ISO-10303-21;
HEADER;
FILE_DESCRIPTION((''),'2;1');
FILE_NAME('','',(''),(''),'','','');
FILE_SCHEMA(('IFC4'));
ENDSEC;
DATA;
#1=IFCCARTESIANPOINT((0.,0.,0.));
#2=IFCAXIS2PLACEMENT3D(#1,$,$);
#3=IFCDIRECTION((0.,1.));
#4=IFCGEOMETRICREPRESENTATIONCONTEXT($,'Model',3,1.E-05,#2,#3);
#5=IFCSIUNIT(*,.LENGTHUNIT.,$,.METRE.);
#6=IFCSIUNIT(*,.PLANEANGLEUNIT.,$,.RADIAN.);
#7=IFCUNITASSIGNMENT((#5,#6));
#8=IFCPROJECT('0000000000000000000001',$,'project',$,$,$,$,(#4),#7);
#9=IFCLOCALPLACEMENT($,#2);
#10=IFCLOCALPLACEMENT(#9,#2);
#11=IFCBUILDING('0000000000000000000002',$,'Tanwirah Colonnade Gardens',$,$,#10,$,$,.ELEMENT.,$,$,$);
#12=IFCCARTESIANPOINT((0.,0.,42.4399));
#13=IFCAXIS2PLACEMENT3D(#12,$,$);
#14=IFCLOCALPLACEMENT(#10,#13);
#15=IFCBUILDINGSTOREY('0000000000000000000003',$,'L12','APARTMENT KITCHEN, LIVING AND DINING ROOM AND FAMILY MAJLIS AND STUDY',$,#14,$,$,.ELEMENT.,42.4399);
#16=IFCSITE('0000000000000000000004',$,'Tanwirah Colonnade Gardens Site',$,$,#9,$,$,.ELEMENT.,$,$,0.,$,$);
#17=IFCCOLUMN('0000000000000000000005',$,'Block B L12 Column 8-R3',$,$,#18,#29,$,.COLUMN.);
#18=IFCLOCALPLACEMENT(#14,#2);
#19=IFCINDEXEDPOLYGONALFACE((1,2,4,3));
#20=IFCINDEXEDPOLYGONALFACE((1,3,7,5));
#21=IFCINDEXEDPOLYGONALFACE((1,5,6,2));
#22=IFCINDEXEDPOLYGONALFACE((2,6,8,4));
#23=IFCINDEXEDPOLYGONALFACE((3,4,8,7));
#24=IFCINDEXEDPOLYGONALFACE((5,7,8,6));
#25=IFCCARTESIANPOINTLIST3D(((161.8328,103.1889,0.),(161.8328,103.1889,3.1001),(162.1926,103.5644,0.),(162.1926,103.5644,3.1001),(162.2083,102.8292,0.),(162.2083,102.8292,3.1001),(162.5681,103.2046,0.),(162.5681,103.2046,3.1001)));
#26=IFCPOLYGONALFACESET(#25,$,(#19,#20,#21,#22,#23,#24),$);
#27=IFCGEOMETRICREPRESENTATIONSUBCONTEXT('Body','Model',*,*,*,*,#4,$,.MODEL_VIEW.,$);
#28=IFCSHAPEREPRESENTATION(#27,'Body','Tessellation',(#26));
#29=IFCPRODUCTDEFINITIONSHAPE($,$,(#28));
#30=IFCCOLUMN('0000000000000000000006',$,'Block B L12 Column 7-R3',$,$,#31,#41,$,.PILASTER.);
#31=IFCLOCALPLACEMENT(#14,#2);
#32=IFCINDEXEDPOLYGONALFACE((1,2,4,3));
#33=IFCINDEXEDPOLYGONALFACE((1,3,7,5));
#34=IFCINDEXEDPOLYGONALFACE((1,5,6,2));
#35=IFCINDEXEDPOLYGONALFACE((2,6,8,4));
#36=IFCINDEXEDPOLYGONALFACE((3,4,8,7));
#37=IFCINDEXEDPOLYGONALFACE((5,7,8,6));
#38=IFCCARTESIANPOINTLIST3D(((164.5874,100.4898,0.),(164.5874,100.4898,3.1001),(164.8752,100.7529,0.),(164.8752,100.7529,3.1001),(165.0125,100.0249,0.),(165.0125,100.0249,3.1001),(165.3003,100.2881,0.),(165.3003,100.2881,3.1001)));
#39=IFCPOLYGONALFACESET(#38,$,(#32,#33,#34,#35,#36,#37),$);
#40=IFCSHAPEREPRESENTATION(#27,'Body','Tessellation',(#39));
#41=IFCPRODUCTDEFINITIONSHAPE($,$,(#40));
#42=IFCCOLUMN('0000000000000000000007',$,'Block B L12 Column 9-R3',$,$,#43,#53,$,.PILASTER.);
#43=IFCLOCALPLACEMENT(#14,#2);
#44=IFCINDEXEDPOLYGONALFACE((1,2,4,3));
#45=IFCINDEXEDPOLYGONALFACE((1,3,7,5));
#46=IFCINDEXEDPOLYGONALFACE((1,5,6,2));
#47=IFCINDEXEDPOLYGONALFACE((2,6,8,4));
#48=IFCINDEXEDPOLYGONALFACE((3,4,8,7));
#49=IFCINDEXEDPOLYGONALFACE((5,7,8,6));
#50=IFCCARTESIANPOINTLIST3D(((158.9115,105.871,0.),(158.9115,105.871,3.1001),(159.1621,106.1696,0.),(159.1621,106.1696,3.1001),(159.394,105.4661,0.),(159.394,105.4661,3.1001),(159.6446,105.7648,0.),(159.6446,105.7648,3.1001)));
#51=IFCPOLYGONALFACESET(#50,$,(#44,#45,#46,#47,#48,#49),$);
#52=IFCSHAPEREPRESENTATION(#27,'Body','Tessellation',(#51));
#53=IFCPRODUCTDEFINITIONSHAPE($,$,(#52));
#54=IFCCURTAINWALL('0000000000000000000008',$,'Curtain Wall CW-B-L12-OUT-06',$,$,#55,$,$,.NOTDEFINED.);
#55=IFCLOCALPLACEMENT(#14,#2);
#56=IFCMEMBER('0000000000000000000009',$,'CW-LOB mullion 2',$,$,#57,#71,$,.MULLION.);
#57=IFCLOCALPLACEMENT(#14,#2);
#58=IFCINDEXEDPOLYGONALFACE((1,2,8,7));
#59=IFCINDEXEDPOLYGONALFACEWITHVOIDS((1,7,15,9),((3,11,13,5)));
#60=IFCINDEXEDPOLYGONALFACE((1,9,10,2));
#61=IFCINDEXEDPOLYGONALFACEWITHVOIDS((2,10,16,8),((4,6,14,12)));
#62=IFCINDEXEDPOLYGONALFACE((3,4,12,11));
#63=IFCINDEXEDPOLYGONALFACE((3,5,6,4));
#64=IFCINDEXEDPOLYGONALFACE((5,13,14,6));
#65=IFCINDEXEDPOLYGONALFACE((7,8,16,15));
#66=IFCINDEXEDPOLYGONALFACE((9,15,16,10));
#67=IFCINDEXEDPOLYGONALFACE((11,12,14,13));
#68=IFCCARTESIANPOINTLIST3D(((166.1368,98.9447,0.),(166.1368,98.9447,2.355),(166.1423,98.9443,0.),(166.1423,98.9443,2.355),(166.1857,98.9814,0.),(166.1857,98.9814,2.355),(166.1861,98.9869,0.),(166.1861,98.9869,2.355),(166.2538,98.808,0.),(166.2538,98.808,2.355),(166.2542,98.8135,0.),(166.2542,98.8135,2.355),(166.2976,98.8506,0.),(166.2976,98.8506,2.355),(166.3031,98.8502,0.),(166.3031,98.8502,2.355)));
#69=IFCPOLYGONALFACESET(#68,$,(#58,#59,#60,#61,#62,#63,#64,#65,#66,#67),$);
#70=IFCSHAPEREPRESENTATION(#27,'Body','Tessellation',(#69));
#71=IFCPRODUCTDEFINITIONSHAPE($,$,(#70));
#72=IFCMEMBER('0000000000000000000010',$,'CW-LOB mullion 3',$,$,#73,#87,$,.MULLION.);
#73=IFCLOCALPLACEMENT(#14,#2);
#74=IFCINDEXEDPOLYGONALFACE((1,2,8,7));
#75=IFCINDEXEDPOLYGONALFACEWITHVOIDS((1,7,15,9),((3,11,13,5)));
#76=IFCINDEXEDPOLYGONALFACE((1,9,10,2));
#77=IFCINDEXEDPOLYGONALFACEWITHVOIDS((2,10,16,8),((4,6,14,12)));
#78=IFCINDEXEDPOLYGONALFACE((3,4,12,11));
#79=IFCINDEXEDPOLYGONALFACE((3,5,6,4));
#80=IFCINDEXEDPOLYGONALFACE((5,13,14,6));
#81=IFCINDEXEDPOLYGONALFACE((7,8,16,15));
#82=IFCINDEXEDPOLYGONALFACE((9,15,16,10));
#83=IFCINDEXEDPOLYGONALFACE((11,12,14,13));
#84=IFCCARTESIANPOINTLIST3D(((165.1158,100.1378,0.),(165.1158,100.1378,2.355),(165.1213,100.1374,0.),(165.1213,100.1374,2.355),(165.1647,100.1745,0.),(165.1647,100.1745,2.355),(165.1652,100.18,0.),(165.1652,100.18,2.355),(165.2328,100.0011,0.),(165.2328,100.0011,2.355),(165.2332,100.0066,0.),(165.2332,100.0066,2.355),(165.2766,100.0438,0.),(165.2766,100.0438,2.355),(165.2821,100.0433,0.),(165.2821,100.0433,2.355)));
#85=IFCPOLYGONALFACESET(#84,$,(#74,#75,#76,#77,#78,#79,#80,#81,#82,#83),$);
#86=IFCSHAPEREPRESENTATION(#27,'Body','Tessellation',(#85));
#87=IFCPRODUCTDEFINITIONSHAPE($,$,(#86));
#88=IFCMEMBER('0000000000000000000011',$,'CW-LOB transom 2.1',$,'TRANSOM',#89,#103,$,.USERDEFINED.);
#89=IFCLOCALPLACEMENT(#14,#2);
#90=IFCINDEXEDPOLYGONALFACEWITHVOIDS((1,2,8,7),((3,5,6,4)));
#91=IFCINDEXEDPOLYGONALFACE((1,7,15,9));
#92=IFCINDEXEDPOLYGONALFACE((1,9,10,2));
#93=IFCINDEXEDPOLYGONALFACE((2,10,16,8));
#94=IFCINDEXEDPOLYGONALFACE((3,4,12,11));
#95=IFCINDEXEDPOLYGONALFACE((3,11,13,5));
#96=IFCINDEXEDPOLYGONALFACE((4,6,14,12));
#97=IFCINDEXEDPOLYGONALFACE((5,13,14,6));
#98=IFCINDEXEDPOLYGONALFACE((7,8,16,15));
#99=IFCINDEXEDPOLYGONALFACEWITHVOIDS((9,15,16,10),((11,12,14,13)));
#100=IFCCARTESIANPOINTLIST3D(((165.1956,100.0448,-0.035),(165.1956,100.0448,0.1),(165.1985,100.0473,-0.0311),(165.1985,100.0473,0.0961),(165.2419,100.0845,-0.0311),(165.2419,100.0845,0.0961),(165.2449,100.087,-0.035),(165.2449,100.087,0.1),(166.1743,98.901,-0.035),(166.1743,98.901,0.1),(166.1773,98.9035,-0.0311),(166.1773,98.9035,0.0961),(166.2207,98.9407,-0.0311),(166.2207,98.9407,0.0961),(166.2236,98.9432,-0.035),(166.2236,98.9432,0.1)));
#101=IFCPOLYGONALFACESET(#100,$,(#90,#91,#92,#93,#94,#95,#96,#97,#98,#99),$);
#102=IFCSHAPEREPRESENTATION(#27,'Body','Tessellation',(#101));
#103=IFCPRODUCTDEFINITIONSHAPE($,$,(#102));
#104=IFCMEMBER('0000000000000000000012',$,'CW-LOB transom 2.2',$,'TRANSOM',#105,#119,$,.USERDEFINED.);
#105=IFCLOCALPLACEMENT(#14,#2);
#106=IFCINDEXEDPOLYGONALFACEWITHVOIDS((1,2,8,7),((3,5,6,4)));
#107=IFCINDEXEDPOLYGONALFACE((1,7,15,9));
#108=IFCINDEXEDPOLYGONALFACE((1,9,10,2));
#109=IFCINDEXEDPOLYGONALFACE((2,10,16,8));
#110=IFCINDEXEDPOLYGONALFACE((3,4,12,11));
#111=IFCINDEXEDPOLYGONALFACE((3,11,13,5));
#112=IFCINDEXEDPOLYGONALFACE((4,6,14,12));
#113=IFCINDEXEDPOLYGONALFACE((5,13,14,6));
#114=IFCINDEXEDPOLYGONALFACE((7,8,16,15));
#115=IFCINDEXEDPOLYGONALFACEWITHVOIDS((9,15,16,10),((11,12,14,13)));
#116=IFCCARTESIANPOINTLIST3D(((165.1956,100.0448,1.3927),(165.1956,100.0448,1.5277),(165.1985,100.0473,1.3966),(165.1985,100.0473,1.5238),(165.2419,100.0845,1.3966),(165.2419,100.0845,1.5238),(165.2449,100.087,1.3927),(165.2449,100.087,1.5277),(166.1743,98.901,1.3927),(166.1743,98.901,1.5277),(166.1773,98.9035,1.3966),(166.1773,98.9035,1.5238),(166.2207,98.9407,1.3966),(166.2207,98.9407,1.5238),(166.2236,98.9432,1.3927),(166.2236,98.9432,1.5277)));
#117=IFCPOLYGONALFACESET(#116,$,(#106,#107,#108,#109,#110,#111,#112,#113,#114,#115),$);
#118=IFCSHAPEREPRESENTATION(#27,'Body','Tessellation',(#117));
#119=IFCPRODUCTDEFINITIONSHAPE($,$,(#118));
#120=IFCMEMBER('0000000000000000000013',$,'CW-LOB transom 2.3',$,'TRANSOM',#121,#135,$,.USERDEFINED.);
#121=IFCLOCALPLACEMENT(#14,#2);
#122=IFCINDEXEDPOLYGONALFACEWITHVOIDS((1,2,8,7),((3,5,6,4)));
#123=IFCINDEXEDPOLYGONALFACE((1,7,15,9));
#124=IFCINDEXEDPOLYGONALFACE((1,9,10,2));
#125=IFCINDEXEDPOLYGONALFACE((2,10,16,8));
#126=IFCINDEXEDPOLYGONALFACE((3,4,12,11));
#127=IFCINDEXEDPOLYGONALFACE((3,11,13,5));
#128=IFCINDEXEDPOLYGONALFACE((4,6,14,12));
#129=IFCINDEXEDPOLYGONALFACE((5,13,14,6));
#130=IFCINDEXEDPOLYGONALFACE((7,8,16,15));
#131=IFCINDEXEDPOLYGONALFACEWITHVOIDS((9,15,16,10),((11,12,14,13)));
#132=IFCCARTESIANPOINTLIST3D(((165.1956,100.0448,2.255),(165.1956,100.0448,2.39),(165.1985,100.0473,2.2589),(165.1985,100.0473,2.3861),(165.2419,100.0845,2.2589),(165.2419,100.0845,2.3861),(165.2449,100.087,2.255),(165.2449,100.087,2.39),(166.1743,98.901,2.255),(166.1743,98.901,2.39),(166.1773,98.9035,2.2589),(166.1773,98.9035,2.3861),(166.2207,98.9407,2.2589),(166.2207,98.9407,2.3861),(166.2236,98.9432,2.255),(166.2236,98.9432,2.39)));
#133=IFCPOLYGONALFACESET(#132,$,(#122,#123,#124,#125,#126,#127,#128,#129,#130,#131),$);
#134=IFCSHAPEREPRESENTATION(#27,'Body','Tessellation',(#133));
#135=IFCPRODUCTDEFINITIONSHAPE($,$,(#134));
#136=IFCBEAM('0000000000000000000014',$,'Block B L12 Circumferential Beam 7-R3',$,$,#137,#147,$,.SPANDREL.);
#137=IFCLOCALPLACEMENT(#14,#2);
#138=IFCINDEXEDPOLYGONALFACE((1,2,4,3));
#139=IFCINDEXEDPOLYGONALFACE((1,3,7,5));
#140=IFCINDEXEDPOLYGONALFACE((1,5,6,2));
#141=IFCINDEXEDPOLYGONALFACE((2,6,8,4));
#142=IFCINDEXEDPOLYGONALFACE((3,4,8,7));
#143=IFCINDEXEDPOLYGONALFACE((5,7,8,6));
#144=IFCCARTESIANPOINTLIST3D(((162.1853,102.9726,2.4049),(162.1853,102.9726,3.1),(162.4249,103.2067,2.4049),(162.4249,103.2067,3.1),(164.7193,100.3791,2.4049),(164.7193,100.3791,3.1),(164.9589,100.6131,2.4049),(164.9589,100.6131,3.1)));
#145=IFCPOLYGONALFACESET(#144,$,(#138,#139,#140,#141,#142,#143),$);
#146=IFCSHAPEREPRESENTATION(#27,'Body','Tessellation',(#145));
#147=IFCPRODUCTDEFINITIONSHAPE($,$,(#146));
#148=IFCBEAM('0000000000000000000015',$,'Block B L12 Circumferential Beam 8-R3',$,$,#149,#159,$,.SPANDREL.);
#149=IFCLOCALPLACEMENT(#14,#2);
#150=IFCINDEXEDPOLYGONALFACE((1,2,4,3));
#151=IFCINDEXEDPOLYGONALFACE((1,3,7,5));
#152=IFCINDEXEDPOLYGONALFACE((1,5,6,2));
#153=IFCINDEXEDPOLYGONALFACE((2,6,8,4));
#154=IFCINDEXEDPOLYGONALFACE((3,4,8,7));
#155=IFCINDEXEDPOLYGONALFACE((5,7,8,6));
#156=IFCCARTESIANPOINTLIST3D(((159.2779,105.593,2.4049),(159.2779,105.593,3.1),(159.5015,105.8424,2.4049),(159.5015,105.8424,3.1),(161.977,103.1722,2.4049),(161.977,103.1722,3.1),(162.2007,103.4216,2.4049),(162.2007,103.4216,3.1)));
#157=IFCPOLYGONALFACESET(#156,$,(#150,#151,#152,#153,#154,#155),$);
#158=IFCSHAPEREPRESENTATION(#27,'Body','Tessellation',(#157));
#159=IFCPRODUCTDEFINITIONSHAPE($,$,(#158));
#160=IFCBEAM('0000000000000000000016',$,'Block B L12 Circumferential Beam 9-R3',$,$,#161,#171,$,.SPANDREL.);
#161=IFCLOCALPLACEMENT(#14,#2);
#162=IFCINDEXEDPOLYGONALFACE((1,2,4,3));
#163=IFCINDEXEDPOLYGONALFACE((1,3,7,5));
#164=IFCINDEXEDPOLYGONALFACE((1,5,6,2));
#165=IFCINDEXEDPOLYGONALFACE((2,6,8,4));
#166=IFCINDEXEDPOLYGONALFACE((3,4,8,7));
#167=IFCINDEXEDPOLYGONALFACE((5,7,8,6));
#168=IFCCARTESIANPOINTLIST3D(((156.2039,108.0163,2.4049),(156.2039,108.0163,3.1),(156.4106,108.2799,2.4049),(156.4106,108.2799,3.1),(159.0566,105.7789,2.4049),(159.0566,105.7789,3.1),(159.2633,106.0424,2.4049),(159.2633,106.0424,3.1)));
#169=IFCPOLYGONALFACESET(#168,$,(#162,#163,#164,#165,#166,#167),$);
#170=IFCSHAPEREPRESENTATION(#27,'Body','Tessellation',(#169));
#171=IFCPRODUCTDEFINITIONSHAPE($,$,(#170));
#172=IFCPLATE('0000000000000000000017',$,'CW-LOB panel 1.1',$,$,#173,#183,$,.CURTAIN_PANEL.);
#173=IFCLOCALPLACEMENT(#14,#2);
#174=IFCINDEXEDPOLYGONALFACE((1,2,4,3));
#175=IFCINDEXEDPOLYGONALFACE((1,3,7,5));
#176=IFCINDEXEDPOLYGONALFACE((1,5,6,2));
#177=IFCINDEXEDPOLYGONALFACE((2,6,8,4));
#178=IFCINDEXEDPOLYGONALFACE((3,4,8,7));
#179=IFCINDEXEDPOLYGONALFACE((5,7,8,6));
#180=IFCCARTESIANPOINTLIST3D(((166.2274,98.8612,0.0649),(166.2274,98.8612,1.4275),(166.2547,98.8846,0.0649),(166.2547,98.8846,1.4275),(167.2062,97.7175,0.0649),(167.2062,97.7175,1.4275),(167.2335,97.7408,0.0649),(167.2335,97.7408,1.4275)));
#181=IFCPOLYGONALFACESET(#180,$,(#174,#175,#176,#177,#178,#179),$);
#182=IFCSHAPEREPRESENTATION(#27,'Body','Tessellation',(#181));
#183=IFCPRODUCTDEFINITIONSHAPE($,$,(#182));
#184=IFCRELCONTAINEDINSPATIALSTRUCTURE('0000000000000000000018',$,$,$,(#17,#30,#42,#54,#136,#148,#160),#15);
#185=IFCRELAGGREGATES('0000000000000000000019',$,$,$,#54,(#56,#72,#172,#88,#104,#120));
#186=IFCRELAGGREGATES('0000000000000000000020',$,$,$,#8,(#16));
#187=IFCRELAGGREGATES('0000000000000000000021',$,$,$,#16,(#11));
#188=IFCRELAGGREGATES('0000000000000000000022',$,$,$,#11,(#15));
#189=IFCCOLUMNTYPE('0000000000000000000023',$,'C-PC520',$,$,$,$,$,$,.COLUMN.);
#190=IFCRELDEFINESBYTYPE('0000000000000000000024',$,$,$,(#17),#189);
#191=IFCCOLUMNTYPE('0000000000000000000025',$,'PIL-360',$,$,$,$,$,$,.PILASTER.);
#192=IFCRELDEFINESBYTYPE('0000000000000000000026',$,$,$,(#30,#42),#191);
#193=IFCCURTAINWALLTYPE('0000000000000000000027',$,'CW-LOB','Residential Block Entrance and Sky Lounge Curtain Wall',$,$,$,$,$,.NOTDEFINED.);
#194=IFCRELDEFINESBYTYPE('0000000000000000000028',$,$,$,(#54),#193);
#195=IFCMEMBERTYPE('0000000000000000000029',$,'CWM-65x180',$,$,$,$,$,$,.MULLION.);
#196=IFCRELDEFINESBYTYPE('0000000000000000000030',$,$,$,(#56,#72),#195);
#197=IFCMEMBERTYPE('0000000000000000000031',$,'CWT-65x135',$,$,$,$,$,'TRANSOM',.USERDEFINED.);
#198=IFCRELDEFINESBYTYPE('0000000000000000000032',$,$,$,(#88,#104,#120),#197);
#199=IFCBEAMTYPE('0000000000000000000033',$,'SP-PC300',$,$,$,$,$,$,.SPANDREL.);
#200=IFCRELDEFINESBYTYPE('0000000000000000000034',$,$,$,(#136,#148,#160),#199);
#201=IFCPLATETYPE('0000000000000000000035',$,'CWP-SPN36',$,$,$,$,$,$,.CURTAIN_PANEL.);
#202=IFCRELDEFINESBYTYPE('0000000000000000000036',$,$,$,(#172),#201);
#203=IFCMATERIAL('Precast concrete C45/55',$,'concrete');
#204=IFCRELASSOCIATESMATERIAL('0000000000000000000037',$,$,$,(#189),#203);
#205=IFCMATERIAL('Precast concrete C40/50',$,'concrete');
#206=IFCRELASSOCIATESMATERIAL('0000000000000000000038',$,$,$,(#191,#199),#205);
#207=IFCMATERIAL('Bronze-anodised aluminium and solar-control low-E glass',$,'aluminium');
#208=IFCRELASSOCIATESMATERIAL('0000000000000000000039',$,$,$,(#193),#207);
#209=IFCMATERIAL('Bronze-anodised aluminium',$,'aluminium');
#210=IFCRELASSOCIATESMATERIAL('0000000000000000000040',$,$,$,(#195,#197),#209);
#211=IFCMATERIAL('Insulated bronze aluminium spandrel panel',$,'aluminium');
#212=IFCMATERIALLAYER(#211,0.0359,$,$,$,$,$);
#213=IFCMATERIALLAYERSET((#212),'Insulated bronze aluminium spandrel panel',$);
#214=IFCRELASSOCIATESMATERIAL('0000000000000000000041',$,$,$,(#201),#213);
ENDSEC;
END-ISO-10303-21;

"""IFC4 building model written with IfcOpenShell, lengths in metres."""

from ifc_helpers import new_model, si_unit, direction, frame, origin, origin_2d, place, context, subcontext, project, spatial, rectangle, hollow_rectangle, extrude, material, layer, layer_set, material_profile, profile_set, type_object, element, aggregate, save


model = new_model("IFC4")

# Units and contexts
model_context = context("Model", 3, precision=1e-05, world=origin(), true_north=direction((0.0, 1.0)))
body_context = subcontext(model_context, "Body", "Model", "MODEL_VIEW")
ifc_project = project(units=[si_unit("LENGTHUNIT", "METRE"), si_unit("PLANEANGLEUNIT", "RADIAN")], contexts=[model_context])

# Site, building, storey
site_placement = place(None, origin())
site = spatial("IfcSite", under=ifc_project, at=site_placement, Name="Tanwirah Colonnade Gardens Site", CompositionType="ELEMENT", RefElevation=0.0)
building_placement = place(site_placement, origin())
building = spatial("IfcBuilding", under=site, at=building_placement, Name="Tanwirah Colonnade Gardens", CompositionType="ELEMENT")
storey_placement = place(building_placement, frame((0.0, 0.0, 42.4399)))
storey = spatial("IfcBuildingStorey", under=building, at=storey_placement, Name="L12", Description="APARTMENT KITCHEN, LIVING AND DINING ROOM AND FAMILY MAJLIS AND STUDY", CompositionType="ELEMENT", Elevation=42.4399)

# Columns
ifc_material_1 = material(Name="Precast concrete C45/55", Category="concrete")
ifc_material_profile_1 = material_profile(ifc_material_1, rectangle(XDim=0.52, YDim=0.52, at=origin_2d()), Name="PC-COL 520x520")
ifc_profile_set_1 = profile_set([ifc_material_profile_1], Name="Precast concrete C45/55")
column_type_1 = type_object("IfcColumnType", Name="C-PC520", PredefinedType="COLUMN", material=ifc_profile_set_1)
column_placement = place(storey_placement, frame((162.2004, 103.1968, 0.0), z_axis=(0.0, 0.0, 1.0), x_axis=(0.691863, 0.722029, 0.0)))
element("IfcColumn", 1, at=column_placement, inside=storey, type_object=column_type_1, Name="Block B L12 Column 8-R3", PredefinedType="COLUMN", context=body_context, shape_type="SweptSolid", body=[
    extrude(rectangle(XDim=0.52, YDim=0.52, at=origin_2d()), origin(), (0.0, 0.0, 1.0), 3.1001),
])
ifc_material_2 = material(Name="Precast concrete C40/50", Category="concrete")
ifc_material_profile_2 = material_profile(ifc_material_2, rectangle(XDim=0.3899, YDim=0.6299, at=origin_2d()), Name="PC-PIL 390x630")
ifc_profile_set_2 = profile_set([ifc_material_profile_2], Name="Precast concrete C40/50")
column_type_2 = type_object("IfcColumnType", Name="PIL-360", PredefinedType="PILASTER", material=ifc_profile_set_2)
for number, where, z_axis, x_axis, name in (
    (2, (164.9438, 100.3889, 0.0), (0.0, 0.0, 1.0), (0.737932, 0.674875, 0.0), "Block B L12 Column 7-R3"),
    (3, (159.2781, 105.8179, 0.0), (0.0, 0.0, 1.0), (0.642788, 0.766044, 0.0), "Block B L12 Column 9-R3"),
):
    element("IfcColumn", number, at=place(storey_placement, frame(where, z_axis=z_axis, x_axis=x_axis)), inside=storey, type_object=column_type_2, Name=name, PredefinedType="PILASTER", context=body_context, shape_type="SweptSolid", body=[
        extrude(rectangle(XDim=0.3899, YDim=0.6299, at=origin_2d()), origin(), (0.0, 0.0, 1.0), 3.1001),
    ])

# Curtain wall, members
ifc_material_3 = material(Name="Bronze-anodised aluminium and solar-control low-E glass", Category="aluminium")
curtain_wall_type = type_object("IfcCurtainWallType", Name="CW-LOB", Description="Residential Block Entrance and Sky Lounge Curtain Wall", PredefinedType="NOTDEFINED", material=ifc_material_3)
curtain_wall_placement = place(storey_placement, origin())
curtain_wall = element("IfcCurtainWall", 4, at=curtain_wall_placement, inside=storey, type_object=curtain_wall_type, Name="Curtain Wall CW-B-L12-OUT-06", PredefinedType="NOTDEFINED")
ifc_material_4 = material(Name="Bronze-anodised aluminium", Category="aluminium")
ifc_material_profile_3 = material_profile(ifc_material_4, hollow_rectangle(XDim=0.0649, YDim=0.1799, WallThickness=0.0039, at=origin_2d()), Name="CW-MUL 65x180x4")
ifc_profile_set_3 = profile_set([ifc_material_profile_3], Name="Bronze-anodised aluminium")
member_type_1 = type_object("IfcMemberType", Name="CWM-65x180", PredefinedType="MULLION", material=ifc_profile_set_3)
member_1_placement = place(storey_placement, frame((166.22, 98.8975, 0.0), z_axis=(0.0, 0.0, 1.0), x_axis=(-0.759775, -0.650186, 0.0)))
member_1 = element("IfcMember", 5, at=member_1_placement, type_object=member_type_1, Name="CW-LOB mullion 2", PredefinedType="MULLION", context=body_context, shape_type="SweptSolid", body=[
    extrude(hollow_rectangle(XDim=0.0649, YDim=0.1799, WallThickness=0.0039, at=origin_2d()), origin(), (0.0, 0.0, 1.0), 2.355),
])
member_2_placement = place(storey_placement, frame((165.199, 100.0906, 0.0), z_axis=(0.0, 0.0, 1.0), x_axis=(-0.759775, -0.650186, 0.0)))
member_2 = element("IfcMember", 6, at=member_2_placement, type_object=member_type_1, Name="CW-LOB mullion 3", PredefinedType="MULLION", context=body_context, shape_type="SweptSolid", body=[
    extrude(hollow_rectangle(XDim=0.0649, YDim=0.1799, WallThickness=0.0039, at=origin_2d()), origin(), (0.0, 0.0, 1.0), 2.355),
])
ifc_material_profile_4 = material_profile(ifc_material_4, hollow_rectangle(XDim=0.0649, YDim=0.135, WallThickness=0.0039, at=origin_2d()), Name="CW-TRN 65x135x4")
ifc_profile_set_4 = profile_set([ifc_material_profile_4], Name="Bronze-anodised aluminium")
member_type_2 = type_object("IfcMemberType", Name="CWT-65x135", ElementType="TRANSOM", PredefinedType="USERDEFINED", material=ifc_profile_set_4)
member_3_placement = place(storey_placement, frame((166.199, 98.9221, 0.0325), z_axis=(-0.650163, 0.759794, 0.0), x_axis=(-0.759794, -0.650163, 0.0)))
member_3 = element("IfcMember", 7, at=member_3_placement, type_object=member_type_2, Name="CW-LOB transom 2.1", ObjectType="TRANSOM", PredefinedType="USERDEFINED", context=body_context, shape_type="SweptSolid", body=[
    extrude(hollow_rectangle(XDim=0.0649, YDim=0.135, WallThickness=0.0039, at=origin_2d()), origin(), (0.0, 0.0, 1.0), 1.5054),
])
member_4_placement = place(storey_placement, frame((166.199, 98.9221, 1.4602), z_axis=(-0.650163, 0.759794, 0.0), x_axis=(-0.759794, -0.650163, 0.0)))
member_4 = element("IfcMember", 8, at=member_4_placement, type_object=member_type_2, Name="CW-LOB transom 2.2", ObjectType="TRANSOM", PredefinedType="USERDEFINED", context=body_context, shape_type="SweptSolid", body=[
    extrude(hollow_rectangle(XDim=0.0649, YDim=0.135, WallThickness=0.0039, at=origin_2d()), origin(), (0.0, 0.0, 1.0), 1.5054),
])
member_5_placement = place(storey_placement, frame((166.199, 98.9221, 2.3225), z_axis=(-0.650163, 0.759794, 0.0), x_axis=(-0.759794, -0.650163, 0.0)))
member_5 = element("IfcMember", 9, at=member_5_placement, type_object=member_type_2, Name="CW-LOB transom 2.3", ObjectType="TRANSOM", PredefinedType="USERDEFINED", context=body_context, shape_type="SweptSolid", body=[
    extrude(hollow_rectangle(XDim=0.0649, YDim=0.135, WallThickness=0.0039, at=origin_2d()), origin(), (0.0, 0.0, 1.0), 1.5054),
])

# Beams
ifc_material_profile_5 = material_profile(ifc_material_2, rectangle(XDim=0.335, YDim=0.6951, at=origin_2d()), Name="PC-SP 335x695")
ifc_profile_set_5 = profile_set([ifc_material_profile_5], Name="Precast concrete C40/50")
beam_type = type_object("IfcBeamType", Name="SP-PC300", PredefinedType="SPANDREL", material=ifc_profile_set_5)
beam_1_placement = place(storey_placement, frame((164.8391, 100.4961, 2.7524), z_axis=(-0.698844, 0.715274, 0.0), x_axis=(-0.715274, -0.698844, 0.0)))
element("IfcBeam", 10, at=beam_1_placement, inside=storey, type_object=beam_type, Name="Block B L12 Circumferential Beam 7-R3", PredefinedType="SPANDREL", context=body_context, shape_type="SweptSolid", body=[
    extrude(rectangle(XDim=0.335, YDim=0.6951, at=origin_2d()), origin(), (0.0, 0.0, 1.0), 3.626),
])
beam_2_placement = place(storey_placement, frame((162.0889, 103.2969, 2.7524), z_axis=(-0.744445, 0.667684, 0.0), x_axis=(-0.667684, -0.744445, 0.0)))
element("IfcBeam", 11, at=beam_2_placement, inside=storey, type_object=beam_type, Name="Block B L12 Circumferential Beam 8-R3", PredefinedType="SPANDREL", context=body_context, shape_type="SweptSolid", body=[
    extrude(rectangle(XDim=0.335, YDim=0.6951, at=origin_2d()), origin(), (0.0, 0.0, 1.0), 3.6257),
])
beam_3_placement = place(storey_placement, frame((159.1599, 105.9106, 2.7524), z_axis=(-0.786844, 0.617152, 0.0), x_axis=(-0.617152, -0.786844, 0.0)))
element("IfcBeam", 12, at=beam_3_placement, inside=storey, type_object=beam_type, Name="Block B L12 Circumferential Beam 9-R3", PredefinedType="SPANDREL", context=body_context, shape_type="SweptSolid", body=[
    extrude(rectangle(XDim=0.335, YDim=0.6951, at=origin_2d()), origin(), (0.0, 0.0, 1.0), 3.6255),
])

# Plate
ifc_material_5 = material(Name="Insulated bronze aluminium spandrel panel", Category="aluminium")
ifc_layer_1 = layer(ifc_material_5, 0.0359)
ifc_layer_set_1 = layer_set([ifc_layer_1], Name="Insulated bronze aluminium spandrel panel")
plate_type = type_object("IfcPlateType", Name="CWP-SPN36", PredefinedType="CURTAIN_PANEL", material=ifc_layer_set_1)
plate_1_placement = place(storey_placement, frame((166.7305, 98.301, 0.0649), z_axis=(0.0, 0.0, 1.0), x_axis=(-0.650186, 0.759775, 0.0)))
plate_1 = element("IfcPlate", 13, at=plate_1_placement, type_object=plate_type, Name="CW-LOB panel 1.1", PredefinedType="CURTAIN_PANEL", context=body_context, shape_type="SweptSolid", body=[
    extrude(rectangle(XDim=1.5054, YDim=0.0359, at=origin_2d()), origin(), (0.0, 0.0, 1.0), 1.3625),
])
aggregate(curtain_wall, [member_1, member_2, plate_1, member_3, member_4, member_5])

save(model, "model.ifc")
